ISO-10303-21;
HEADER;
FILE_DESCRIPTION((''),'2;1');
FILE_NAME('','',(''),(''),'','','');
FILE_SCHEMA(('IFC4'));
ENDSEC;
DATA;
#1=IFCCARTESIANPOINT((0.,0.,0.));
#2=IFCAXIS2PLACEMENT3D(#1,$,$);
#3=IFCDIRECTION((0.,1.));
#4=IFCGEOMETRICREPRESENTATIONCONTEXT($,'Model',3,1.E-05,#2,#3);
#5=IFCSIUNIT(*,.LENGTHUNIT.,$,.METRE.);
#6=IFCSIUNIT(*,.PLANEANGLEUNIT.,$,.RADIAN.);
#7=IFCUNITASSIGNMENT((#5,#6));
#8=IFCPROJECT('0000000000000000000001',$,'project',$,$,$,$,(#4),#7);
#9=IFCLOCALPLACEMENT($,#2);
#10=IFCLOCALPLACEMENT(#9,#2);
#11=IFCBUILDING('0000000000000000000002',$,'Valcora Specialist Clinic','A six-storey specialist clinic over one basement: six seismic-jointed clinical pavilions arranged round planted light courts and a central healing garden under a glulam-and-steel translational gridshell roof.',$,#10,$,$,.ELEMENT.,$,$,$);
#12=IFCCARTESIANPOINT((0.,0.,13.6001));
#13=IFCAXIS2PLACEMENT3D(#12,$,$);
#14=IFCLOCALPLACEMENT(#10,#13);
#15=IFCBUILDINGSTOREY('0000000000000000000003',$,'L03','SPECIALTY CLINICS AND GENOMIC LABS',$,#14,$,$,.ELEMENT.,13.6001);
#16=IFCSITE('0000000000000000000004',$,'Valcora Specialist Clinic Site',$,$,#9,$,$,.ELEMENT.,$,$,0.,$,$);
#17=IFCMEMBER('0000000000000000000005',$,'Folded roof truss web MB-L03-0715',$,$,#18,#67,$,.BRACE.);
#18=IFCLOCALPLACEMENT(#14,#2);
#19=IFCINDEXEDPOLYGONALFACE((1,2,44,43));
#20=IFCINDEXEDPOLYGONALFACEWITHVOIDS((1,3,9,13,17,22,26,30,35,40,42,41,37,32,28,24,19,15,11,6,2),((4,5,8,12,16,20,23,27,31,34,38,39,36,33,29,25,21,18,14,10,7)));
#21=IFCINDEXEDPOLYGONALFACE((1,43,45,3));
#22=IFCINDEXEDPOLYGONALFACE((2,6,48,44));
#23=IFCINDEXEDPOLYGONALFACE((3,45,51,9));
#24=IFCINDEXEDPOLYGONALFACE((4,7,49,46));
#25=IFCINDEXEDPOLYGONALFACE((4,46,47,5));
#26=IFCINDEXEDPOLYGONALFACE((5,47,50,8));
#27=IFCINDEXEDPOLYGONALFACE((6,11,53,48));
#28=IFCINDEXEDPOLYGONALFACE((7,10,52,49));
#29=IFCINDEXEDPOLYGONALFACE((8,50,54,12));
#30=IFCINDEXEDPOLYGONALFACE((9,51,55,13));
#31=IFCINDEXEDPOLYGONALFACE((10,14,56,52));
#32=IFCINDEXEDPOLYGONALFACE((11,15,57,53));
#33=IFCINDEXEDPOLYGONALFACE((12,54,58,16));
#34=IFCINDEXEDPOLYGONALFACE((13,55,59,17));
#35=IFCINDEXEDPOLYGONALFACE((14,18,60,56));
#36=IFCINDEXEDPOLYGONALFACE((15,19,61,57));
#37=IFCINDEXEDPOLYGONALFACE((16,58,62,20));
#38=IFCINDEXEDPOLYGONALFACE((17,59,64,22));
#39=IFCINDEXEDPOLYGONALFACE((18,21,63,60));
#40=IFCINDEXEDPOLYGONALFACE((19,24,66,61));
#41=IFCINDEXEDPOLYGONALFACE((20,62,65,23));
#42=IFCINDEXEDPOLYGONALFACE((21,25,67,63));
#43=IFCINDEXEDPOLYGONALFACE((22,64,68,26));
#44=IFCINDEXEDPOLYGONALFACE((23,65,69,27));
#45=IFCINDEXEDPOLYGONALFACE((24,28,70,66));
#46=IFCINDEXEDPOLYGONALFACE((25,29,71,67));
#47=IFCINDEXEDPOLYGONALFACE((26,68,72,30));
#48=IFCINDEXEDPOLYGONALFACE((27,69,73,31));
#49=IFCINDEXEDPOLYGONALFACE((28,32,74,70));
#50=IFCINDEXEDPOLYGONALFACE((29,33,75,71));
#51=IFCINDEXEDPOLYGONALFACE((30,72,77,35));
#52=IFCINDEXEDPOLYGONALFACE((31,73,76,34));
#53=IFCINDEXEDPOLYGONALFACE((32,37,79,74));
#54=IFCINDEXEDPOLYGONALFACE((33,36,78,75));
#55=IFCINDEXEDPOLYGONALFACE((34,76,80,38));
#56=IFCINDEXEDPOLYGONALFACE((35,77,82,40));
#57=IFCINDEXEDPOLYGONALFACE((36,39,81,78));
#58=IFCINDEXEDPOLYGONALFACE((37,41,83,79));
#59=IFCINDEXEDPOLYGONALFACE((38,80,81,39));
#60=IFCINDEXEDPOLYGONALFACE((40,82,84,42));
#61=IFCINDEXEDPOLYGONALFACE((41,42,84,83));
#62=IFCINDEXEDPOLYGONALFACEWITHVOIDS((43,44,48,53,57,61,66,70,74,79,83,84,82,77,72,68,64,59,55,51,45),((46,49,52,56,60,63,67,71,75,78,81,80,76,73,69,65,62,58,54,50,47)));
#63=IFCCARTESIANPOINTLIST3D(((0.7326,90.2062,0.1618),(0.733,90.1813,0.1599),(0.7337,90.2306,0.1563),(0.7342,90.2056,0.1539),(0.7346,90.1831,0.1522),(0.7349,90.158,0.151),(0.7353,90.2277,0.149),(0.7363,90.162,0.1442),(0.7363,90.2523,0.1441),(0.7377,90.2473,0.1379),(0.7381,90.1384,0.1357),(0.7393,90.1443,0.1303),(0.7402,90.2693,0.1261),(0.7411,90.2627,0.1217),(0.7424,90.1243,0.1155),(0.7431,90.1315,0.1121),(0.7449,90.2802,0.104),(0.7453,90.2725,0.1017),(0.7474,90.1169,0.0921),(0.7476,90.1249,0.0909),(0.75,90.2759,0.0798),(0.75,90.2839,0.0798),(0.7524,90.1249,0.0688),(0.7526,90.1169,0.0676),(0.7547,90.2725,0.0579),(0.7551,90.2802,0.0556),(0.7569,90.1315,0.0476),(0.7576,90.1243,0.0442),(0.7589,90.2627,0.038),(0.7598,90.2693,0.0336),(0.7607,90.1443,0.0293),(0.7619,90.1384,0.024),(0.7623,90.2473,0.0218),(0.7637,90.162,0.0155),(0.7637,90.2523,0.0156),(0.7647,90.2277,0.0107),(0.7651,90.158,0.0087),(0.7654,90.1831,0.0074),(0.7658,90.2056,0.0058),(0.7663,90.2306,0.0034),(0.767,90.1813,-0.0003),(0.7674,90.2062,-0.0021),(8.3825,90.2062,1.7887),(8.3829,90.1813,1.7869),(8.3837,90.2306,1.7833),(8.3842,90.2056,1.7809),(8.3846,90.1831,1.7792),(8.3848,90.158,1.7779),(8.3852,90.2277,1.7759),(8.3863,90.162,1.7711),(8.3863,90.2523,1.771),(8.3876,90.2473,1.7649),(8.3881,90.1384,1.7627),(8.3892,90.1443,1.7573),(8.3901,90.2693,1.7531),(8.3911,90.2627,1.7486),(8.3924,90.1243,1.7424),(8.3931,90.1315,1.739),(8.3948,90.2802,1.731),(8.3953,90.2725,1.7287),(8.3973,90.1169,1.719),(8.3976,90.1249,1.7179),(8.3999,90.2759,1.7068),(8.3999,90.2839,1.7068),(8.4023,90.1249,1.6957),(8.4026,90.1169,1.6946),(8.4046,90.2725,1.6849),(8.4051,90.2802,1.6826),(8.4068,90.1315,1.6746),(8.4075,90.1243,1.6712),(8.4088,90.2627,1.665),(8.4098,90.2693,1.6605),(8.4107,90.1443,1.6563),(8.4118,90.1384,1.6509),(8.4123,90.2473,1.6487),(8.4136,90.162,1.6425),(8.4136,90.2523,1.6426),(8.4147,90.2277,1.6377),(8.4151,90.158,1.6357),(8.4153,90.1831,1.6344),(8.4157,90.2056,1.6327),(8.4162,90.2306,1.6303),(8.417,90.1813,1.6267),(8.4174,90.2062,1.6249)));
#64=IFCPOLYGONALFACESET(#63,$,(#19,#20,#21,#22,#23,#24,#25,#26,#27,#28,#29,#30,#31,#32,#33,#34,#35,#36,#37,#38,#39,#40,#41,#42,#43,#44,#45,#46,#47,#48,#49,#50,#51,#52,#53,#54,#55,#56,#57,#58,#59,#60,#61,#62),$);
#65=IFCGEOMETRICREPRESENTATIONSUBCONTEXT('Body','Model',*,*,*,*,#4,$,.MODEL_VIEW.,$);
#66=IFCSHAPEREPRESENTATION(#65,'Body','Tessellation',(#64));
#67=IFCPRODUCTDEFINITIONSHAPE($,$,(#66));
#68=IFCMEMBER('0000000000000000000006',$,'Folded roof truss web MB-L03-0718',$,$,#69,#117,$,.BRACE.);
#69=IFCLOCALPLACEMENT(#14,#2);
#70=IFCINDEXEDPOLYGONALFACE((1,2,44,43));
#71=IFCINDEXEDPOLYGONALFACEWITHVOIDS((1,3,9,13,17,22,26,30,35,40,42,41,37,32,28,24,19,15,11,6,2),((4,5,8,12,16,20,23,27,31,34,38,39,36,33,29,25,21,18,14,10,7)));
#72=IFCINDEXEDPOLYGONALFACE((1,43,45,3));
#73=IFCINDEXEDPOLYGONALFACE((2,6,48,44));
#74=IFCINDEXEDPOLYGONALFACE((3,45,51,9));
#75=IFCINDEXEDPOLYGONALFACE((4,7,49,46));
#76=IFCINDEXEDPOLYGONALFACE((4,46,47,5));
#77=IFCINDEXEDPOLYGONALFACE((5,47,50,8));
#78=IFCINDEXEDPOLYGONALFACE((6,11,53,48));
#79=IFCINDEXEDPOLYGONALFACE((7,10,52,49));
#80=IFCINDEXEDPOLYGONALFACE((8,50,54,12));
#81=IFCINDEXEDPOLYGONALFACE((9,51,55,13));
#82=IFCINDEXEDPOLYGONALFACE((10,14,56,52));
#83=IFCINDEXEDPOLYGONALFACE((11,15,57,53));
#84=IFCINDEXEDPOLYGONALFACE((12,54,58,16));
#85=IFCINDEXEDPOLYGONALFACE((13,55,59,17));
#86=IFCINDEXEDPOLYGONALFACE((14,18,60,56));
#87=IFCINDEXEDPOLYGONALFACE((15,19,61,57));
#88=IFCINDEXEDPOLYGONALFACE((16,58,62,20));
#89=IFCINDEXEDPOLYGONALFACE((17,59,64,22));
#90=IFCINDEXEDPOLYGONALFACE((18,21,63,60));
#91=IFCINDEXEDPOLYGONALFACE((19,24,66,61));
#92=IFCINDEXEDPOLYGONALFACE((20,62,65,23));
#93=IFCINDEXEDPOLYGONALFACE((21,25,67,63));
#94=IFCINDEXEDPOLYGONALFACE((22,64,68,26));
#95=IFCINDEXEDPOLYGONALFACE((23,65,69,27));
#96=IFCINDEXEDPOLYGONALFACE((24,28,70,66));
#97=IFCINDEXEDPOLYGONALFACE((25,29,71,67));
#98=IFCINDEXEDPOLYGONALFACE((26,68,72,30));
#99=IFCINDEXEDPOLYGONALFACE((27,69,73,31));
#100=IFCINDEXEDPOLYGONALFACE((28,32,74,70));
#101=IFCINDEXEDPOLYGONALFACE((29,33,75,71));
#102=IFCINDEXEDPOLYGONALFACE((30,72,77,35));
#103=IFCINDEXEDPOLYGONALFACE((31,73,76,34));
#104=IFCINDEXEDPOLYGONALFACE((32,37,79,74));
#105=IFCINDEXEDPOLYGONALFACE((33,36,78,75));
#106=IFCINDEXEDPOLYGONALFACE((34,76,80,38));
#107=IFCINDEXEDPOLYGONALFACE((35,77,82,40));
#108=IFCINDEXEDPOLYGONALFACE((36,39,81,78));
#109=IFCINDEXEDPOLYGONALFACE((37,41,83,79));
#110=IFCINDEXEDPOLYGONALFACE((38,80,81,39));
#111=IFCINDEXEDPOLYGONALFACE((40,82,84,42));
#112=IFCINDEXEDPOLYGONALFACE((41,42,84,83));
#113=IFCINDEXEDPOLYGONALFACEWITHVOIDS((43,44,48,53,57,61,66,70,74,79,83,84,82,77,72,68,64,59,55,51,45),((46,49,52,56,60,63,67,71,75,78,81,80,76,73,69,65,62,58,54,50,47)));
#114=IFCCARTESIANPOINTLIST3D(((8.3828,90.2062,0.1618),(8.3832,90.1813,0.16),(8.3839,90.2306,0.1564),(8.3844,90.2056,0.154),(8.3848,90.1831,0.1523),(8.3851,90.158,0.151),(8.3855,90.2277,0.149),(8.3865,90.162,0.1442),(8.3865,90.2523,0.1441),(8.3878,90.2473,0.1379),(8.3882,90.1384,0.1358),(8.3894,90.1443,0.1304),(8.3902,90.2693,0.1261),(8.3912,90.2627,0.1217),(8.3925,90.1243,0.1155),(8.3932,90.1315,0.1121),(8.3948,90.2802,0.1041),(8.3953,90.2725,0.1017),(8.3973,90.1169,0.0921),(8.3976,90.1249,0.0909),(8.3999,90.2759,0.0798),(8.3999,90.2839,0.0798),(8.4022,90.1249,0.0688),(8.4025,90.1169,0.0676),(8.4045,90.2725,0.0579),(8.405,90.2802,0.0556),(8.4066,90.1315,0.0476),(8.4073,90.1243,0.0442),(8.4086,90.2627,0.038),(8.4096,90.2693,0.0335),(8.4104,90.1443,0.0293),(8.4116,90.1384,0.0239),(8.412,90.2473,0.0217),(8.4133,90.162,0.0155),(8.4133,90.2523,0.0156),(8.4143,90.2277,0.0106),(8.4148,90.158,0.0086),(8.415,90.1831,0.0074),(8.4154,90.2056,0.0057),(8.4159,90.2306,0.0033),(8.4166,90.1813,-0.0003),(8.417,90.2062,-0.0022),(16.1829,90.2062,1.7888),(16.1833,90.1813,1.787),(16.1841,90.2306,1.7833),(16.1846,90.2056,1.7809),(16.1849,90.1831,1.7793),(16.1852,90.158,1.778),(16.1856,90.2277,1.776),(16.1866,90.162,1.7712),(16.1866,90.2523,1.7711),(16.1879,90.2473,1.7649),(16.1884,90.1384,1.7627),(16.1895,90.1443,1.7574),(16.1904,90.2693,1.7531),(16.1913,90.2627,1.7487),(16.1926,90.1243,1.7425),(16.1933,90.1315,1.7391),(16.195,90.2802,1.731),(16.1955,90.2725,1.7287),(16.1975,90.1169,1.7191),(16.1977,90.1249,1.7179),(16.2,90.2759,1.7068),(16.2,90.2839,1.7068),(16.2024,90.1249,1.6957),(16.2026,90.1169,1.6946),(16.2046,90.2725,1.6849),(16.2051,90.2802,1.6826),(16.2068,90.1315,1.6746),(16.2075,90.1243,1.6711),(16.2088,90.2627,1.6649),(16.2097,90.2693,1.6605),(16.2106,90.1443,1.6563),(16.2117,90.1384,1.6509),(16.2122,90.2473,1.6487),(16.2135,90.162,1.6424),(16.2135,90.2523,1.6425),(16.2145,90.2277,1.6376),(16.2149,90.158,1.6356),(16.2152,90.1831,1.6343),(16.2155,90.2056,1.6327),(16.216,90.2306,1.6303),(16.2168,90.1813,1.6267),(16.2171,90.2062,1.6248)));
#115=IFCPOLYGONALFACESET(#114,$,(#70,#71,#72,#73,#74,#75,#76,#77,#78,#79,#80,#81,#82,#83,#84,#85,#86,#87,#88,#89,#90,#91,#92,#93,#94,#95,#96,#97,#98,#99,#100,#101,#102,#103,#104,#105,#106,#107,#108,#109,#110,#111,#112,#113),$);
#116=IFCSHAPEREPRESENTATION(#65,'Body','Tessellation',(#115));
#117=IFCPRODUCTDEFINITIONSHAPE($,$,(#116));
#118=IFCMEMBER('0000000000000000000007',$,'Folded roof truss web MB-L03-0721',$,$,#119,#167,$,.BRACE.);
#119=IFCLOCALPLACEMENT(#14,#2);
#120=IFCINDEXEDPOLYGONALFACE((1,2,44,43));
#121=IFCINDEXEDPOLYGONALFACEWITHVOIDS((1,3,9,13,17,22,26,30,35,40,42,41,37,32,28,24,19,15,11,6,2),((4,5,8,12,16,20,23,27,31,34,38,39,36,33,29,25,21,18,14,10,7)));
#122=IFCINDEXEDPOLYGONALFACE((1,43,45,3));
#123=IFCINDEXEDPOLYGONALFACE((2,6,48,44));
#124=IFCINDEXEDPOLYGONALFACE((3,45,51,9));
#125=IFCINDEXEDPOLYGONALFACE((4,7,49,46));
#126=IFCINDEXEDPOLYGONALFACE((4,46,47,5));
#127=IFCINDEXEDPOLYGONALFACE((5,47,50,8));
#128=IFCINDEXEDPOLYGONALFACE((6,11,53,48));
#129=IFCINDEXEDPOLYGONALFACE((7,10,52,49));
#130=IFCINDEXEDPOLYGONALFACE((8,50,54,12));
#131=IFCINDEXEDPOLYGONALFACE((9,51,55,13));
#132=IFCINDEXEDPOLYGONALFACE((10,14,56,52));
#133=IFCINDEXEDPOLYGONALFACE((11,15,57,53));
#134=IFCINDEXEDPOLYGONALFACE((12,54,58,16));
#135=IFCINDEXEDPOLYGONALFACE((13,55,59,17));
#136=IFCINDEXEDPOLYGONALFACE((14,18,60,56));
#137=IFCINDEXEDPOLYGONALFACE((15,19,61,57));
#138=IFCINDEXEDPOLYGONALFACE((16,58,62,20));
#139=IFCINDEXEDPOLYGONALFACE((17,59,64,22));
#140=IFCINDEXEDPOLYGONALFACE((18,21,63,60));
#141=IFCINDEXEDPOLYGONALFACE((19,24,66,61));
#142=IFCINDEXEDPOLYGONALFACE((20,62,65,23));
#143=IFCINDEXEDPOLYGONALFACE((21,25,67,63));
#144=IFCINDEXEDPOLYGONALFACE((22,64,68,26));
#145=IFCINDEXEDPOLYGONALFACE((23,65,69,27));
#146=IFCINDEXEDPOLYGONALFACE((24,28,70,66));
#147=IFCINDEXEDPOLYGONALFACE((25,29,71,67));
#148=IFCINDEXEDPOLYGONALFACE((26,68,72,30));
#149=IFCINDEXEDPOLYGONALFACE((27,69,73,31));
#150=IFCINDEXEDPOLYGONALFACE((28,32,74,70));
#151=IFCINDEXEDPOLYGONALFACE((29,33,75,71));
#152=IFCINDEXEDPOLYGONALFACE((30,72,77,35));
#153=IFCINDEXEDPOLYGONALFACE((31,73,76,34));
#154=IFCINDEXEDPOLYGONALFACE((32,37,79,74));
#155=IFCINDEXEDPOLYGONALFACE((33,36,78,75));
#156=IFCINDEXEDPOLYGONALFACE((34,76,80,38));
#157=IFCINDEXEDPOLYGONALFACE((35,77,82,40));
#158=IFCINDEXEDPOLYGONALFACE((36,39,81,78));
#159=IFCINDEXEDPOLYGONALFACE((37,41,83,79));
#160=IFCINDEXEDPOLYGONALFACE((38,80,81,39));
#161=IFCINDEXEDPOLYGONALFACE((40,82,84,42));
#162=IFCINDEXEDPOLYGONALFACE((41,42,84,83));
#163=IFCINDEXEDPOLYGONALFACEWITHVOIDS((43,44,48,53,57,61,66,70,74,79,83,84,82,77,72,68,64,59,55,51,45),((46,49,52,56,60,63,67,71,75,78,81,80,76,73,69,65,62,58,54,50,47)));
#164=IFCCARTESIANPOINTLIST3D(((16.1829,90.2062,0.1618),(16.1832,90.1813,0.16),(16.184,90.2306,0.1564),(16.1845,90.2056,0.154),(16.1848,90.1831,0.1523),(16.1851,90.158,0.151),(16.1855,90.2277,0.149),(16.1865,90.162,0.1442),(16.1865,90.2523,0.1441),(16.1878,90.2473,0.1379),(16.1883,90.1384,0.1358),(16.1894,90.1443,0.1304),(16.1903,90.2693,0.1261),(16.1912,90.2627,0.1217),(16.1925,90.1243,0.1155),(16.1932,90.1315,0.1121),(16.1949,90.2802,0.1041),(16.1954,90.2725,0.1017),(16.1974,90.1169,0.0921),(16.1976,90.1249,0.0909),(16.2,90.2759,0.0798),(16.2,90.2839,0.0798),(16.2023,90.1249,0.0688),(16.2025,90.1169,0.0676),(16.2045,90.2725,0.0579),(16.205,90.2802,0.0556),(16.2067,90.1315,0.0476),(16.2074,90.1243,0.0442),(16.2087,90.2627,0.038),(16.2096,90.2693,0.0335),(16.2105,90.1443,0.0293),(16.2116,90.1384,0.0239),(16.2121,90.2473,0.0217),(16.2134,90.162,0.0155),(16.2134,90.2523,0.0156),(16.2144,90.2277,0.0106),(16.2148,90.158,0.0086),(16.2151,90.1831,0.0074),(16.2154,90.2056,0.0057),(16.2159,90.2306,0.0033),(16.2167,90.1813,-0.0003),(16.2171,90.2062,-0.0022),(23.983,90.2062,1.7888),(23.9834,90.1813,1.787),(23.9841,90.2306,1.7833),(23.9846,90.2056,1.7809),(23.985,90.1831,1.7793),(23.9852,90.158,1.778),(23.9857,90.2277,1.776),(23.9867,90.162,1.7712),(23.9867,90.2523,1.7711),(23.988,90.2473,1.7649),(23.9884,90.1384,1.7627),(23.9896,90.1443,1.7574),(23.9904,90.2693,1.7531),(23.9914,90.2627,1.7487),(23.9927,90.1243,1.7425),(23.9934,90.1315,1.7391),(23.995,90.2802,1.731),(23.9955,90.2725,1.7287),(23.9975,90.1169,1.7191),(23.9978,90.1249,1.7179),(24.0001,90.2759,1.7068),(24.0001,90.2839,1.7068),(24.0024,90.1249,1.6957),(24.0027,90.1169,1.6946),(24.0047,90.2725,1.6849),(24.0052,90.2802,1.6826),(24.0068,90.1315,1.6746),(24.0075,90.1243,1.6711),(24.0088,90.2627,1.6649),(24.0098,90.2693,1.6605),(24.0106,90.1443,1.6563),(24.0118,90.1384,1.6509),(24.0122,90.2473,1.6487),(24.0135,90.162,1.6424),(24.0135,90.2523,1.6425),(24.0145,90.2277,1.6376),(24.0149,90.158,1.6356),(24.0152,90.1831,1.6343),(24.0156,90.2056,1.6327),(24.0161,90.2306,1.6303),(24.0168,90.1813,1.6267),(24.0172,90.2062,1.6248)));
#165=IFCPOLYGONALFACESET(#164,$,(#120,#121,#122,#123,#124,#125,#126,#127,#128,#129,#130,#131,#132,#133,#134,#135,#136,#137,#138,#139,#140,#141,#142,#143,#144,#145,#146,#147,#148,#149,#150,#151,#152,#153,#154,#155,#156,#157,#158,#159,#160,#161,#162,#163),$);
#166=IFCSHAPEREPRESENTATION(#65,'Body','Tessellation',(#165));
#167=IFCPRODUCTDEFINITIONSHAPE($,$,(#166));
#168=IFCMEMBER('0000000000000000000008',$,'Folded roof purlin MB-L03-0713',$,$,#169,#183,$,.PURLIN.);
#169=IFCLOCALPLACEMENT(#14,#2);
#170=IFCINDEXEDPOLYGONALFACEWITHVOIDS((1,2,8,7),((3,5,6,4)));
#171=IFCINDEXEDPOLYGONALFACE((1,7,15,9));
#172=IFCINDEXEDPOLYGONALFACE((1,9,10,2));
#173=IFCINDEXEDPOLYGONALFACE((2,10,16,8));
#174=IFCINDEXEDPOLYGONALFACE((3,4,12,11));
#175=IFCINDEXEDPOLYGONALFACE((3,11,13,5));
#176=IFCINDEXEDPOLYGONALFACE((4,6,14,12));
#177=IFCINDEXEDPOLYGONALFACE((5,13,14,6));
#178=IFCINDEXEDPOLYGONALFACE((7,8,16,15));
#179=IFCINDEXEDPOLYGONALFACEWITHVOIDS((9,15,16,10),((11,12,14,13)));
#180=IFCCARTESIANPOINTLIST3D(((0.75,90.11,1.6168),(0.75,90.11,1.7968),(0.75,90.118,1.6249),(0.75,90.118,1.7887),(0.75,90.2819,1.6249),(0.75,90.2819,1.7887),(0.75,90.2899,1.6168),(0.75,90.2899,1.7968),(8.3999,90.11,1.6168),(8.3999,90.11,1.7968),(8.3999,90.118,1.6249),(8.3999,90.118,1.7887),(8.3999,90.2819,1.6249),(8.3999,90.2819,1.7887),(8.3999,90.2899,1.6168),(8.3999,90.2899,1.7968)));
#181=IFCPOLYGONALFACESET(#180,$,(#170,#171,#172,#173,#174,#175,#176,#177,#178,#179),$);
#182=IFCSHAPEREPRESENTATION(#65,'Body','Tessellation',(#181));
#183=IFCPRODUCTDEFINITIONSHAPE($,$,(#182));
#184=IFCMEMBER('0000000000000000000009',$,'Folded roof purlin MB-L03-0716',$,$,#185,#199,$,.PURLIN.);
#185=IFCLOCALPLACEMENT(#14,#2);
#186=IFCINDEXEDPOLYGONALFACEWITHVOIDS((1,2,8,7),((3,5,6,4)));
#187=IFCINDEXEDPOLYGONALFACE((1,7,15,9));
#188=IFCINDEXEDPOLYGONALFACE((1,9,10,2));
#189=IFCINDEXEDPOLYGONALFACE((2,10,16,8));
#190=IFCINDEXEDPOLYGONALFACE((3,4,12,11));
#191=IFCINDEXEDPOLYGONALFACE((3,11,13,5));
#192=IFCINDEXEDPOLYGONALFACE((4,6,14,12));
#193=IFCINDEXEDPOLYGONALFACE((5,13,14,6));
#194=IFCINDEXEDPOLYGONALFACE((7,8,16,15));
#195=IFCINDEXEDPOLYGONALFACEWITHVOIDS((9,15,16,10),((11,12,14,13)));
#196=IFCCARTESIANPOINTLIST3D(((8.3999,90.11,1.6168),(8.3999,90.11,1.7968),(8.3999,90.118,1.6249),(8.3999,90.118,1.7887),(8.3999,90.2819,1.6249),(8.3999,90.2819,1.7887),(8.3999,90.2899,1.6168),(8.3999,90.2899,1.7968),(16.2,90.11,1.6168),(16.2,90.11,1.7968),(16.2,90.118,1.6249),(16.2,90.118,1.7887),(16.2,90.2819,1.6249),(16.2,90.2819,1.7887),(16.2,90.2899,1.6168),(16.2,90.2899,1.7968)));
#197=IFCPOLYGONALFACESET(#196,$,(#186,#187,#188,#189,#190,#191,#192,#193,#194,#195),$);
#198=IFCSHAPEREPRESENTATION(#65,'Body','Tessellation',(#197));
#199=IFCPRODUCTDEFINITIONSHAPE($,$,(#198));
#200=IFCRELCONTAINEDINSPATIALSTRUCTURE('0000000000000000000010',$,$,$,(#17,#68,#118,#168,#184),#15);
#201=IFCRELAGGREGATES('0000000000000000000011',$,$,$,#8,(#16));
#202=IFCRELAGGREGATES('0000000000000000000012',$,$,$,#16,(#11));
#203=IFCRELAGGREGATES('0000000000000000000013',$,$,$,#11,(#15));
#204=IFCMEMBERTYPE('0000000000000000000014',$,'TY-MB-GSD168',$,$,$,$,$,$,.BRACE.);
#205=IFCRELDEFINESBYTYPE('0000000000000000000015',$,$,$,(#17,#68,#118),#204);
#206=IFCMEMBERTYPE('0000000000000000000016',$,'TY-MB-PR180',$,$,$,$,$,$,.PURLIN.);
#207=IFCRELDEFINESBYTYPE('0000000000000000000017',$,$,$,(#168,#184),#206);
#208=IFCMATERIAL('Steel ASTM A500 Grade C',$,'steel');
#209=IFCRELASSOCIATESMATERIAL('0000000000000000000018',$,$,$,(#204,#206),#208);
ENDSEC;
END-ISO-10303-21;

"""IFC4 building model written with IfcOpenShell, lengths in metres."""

from ifc_helpers import new_model, si_unit, direction, frame, origin, origin_2d, place, context, subcontext, project, spatial, hollow_rectangle, hollow_circle, extrude, material, material_profile, profile_set, type_object, element, save


model = new_model("IFC4")

# Units and contexts
model_context = context("Model", 3, precision=1e-05, world=origin(), true_north=direction((0.0, 1.0)))
body_context = subcontext(model_context, "Body", "Model", "MODEL_VIEW")
ifc_project = project(units=[si_unit("LENGTHUNIT", "METRE"), si_unit("PLANEANGLEUNIT", "RADIAN")], contexts=[model_context])

# Site, building, storey
site_placement = place(None, origin())
site = spatial("IfcSite", under=ifc_project, at=site_placement, Name="Valcora Specialist Clinic Site", CompositionType="ELEMENT", RefElevation=0.0)
building_placement = place(site_placement, origin())
building = spatial("IfcBuilding", under=site, at=building_placement, Name="Valcora Specialist Clinic", Description="A six-storey specialist clinic over one basement: six seismic-jointed clinical pavilions arranged round planted light courts and a central healing garden under a glulam-and-steel translational gridshell roof.", CompositionType="ELEMENT")
storey_placement = place(building_placement, frame((0.0, 0.0, 13.6001)))
storey = spatial("IfcBuildingStorey", under=building, at=storey_placement, Name="L03", Description="SPECIALTY CLINICS AND GENOMIC LABS", CompositionType="ELEMENT", Elevation=13.6001)

# Shared definitions
ifc_material_1 = material(Name="Steel ASTM A500 Grade C", Category="steel")

# Members
ifc_material_profile_1 = material_profile(ifc_material_1, hollow_circle(Radius=0.084, WallThickness=0.0081, at=origin_2d()), Name="ST-CHS-168X8")
ifc_profile_set_1 = profile_set([ifc_material_profile_1], Name="Steel ASTM A500 Grade C")
member_type_1 = type_object("IfcMemberType", Name="TY-MB-GSD168", PredefinedType="BRACE", material=ifc_profile_set_1)
member_1_placement = place(storey_placement, frame((0.75, 90.2, 0.0798), z_axis=(0.978124, 0.0, 0.208024), x_axis=(0.0, 1.0, 0.0)))
element("IfcMember", 1, at=member_1_placement, inside=storey, type_object=member_type_1, Name="Folded roof truss web MB-L03-0715", PredefinedType="BRACE", context=body_context, shape_type="SweptSolid", body=[
    extrude(hollow_circle(Radius=0.084, WallThickness=0.0081, at=origin_2d()), origin(), (0.0, 0.0, 1.0), 7.821),
])
for number, where, z_axis, x_axis, name in (
    (2, (8.3999, 90.2, 0.0798), (0.978932, 0.0, 0.204188), (0.0, 1.0, 0.0), "Folded roof truss web MB-L03-0718"),
    (3, (16.2, 90.2, 0.0798), (0.978932, 0.0, 0.204188), (0.0, 1.0, 0.0), "Folded roof truss web MB-L03-0721"),
):
    element("IfcMember", number, at=place(storey_placement, frame(where, z_axis=z_axis, x_axis=x_axis)), inside=storey, type_object=member_type_1, Name=name, PredefinedType="BRACE", context=body_context, shape_type="SweptSolid", body=[
        extrude(hollow_circle(Radius=0.084, WallThickness=0.0081, at=origin_2d()), origin(), (0.0, 0.0, 1.0), 7.968),
    ])
ifc_material_profile_2 = material_profile(ifc_material_1, hollow_rectangle(XDim=0.1799, YDim=0.1799, WallThickness=0.0081, at=origin_2d()), Name="ST-RHS-180X180X8")
ifc_profile_set_2 = profile_set([ifc_material_profile_2], Name="Steel ASTM A500 Grade C")
member_type_2 = type_object("IfcMemberType", Name="TY-MB-PR180", PredefinedType="PURLIN", material=ifc_profile_set_2)
member_2_placement = place(storey_placement, frame((0.75, 90.2, 1.7068), z_axis=(1.0, 0.0, 0.0), x_axis=(0.0, 1.0, 0.0)))
element("IfcMember", 4, at=member_2_placement, inside=storey, type_object=member_type_2, Name="Folded roof purlin MB-L03-0713", PredefinedType="PURLIN", context=body_context, shape_type="SweptSolid", body=[
    extrude(hollow_rectangle(XDim=0.1799, YDim=0.1799, WallThickness=0.0081, at=origin_2d()), origin(), (0.0, 0.0, 1.0), 7.6499),
])
for number, where, z_axis, x_axis, name in (
    (5, (8.3999, 90.2, 1.7068), (1.0, 0.0, 0.0), (0.0, 1.0, 0.0), "Folded roof purlin MB-L03-0716"),
):
    element("IfcMember", number, at=place(storey_placement, frame(where, z_axis=z_axis, x_axis=x_axis)), inside=storey, type_object=member_type_2, Name=name, PredefinedType="PURLIN", context=body_context, shape_type="SweptSolid", body=[
        extrude(hollow_rectangle(XDim=0.1799, YDim=0.1799, WallThickness=0.0081, at=origin_2d()), origin(), (0.0, 0.0, 1.0), 7.8),
    ])

save(model, "model.ifc")
